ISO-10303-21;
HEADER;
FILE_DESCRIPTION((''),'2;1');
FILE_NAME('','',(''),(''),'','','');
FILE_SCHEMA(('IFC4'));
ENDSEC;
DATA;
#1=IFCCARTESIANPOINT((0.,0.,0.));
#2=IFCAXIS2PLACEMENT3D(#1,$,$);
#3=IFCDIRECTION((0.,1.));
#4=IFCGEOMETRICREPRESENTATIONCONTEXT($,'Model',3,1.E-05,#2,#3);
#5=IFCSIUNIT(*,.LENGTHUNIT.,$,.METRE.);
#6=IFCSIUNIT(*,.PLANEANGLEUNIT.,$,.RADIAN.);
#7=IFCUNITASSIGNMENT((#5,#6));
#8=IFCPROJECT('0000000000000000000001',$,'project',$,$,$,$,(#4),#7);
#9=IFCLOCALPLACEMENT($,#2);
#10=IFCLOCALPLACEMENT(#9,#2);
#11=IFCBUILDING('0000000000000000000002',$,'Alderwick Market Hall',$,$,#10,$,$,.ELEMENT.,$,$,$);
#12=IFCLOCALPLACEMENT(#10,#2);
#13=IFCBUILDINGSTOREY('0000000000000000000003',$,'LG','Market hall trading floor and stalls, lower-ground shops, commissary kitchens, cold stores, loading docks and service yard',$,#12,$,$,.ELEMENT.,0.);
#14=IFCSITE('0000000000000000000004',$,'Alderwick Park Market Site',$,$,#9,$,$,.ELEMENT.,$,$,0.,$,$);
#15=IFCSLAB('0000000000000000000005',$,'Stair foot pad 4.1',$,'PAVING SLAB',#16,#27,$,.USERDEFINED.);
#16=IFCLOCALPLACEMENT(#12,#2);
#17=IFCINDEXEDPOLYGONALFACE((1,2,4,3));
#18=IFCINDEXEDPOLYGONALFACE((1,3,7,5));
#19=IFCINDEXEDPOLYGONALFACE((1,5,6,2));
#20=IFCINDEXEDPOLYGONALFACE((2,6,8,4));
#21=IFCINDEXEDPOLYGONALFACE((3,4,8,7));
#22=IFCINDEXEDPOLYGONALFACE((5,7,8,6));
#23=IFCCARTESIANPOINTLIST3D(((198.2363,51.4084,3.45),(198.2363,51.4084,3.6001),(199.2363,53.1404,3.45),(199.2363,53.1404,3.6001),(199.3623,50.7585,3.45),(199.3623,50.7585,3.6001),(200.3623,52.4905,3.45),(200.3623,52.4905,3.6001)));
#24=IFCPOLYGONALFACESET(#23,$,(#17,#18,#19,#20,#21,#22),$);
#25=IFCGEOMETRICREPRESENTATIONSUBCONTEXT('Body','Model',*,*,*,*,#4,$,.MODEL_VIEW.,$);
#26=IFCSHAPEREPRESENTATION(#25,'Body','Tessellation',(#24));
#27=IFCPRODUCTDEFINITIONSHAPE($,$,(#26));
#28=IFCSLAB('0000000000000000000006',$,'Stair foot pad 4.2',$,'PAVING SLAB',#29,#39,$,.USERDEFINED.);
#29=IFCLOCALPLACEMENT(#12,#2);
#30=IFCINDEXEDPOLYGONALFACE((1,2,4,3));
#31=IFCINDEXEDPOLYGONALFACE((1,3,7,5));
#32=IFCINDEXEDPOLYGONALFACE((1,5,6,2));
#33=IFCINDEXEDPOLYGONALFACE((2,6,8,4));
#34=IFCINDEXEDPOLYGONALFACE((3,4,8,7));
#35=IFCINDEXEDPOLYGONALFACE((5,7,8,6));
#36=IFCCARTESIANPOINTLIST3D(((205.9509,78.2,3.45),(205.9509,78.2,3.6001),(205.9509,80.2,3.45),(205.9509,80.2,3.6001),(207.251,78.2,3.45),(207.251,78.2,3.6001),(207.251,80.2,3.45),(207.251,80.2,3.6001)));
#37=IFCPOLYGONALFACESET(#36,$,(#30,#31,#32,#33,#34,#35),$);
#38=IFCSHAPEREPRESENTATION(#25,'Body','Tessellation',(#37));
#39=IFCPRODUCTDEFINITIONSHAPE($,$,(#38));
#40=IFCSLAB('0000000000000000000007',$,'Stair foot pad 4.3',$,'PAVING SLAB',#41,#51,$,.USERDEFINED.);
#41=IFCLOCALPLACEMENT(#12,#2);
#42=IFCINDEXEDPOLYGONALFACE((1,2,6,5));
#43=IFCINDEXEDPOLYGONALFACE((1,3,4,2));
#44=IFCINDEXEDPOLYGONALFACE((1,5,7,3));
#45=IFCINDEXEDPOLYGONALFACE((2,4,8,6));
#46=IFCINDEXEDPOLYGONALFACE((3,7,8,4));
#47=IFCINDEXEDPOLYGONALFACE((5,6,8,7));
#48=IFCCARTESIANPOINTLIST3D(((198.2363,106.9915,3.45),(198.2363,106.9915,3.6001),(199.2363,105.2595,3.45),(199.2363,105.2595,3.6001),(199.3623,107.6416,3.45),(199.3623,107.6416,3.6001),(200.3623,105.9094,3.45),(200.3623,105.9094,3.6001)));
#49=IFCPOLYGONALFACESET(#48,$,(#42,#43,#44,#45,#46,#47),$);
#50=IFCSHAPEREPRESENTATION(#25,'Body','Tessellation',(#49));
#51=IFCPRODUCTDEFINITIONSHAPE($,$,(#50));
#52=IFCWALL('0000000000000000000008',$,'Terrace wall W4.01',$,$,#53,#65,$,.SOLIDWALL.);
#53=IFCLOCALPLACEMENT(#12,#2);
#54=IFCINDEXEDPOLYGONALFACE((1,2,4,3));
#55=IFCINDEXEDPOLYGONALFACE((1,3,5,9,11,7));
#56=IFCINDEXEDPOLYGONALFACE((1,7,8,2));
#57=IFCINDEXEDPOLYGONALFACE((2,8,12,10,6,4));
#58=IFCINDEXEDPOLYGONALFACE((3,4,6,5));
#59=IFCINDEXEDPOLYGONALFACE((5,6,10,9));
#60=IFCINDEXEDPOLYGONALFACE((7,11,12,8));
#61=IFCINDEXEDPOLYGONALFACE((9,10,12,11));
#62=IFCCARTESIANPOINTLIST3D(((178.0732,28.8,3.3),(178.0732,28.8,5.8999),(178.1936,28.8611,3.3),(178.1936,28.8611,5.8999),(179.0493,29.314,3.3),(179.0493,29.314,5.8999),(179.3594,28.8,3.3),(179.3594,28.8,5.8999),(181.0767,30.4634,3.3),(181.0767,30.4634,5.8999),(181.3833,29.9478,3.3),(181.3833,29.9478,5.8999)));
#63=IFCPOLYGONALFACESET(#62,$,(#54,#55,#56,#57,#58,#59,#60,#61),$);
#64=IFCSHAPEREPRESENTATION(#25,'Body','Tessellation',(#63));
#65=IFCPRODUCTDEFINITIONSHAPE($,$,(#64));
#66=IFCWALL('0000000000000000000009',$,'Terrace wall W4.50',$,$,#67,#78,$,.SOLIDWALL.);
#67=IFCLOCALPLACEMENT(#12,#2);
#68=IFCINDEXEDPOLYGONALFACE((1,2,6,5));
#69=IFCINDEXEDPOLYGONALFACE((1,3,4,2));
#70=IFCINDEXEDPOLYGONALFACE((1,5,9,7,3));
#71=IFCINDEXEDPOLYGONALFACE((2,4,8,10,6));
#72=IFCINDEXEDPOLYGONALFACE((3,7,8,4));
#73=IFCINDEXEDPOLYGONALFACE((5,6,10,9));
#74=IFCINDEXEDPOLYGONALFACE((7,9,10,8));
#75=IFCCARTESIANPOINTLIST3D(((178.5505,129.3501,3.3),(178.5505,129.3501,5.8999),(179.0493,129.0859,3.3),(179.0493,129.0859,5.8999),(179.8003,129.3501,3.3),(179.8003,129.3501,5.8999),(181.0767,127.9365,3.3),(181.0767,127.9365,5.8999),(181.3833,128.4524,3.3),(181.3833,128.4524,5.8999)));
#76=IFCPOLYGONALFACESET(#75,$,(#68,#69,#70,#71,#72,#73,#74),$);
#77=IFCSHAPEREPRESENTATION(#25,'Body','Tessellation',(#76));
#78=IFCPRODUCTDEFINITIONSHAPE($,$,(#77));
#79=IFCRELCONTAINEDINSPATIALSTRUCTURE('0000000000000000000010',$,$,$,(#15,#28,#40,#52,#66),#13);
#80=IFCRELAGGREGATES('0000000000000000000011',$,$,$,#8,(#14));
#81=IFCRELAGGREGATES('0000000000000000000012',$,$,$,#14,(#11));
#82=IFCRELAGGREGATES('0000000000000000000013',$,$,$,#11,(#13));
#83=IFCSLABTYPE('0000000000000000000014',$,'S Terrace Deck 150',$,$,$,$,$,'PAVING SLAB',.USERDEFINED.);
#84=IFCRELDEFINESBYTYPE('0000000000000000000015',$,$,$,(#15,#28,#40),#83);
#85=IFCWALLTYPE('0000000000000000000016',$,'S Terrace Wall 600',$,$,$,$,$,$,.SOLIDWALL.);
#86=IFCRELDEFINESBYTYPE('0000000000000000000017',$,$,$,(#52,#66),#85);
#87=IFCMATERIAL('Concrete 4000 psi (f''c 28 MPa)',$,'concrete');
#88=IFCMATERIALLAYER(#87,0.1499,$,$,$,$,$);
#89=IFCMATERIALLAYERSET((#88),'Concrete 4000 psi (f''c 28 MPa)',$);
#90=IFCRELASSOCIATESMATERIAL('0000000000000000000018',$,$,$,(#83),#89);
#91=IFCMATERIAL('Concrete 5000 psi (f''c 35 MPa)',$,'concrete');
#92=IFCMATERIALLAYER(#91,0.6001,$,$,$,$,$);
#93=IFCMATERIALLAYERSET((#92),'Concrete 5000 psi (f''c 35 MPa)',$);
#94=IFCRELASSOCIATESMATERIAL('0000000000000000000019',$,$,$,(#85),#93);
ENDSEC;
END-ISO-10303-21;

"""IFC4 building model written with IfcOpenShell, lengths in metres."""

from ifc_helpers import new_model, si_unit, direction, frame, origin, place, context, subcontext, project, spatial, polyline, outline, extrude, material, layer, layer_set, type_object, element, save


model = new_model("IFC4")

# Units and contexts
model_context = context("Model", 3, precision=1e-05, world=origin(), true_north=direction((0.0, 1.0)))
body_context = subcontext(model_context, "Body", "Model", "MODEL_VIEW")
ifc_project = project(units=[si_unit("LENGTHUNIT", "METRE"), si_unit("PLANEANGLEUNIT", "RADIAN")], contexts=[model_context])

# Site, building, storey
site_placement = place(None, origin())
site = spatial("IfcSite", under=ifc_project, at=site_placement, Name="Alderwick Park Market Site", CompositionType="ELEMENT", RefElevation=0.0)
building_placement = place(site_placement, origin())
building = spatial("IfcBuilding", under=site, at=building_placement, Name="Alderwick Market Hall", CompositionType="ELEMENT")
storey_placement = place(building_placement, origin())
storey = spatial("IfcBuildingStorey", under=building, at=storey_placement, Name="LG", Description="Market hall trading floor and stalls, lower-ground shops, commissary kitchens, cold stores, loading docks and service yard", CompositionType="ELEMENT", Elevation=0.0)

# Shared definitions
ifc_material_1 = material(Name="Concrete 4000 psi (f'c 28 MPa)", Category="concrete")

# Slabs
ifc_layer_1 = layer(ifc_material_1, 0.1499)
ifc_layer_set_1 = layer_set([ifc_layer_1], Name="Concrete 4000 psi (f'c 28 MPa)")
slab_type_1 = type_object("IfcSlabType", Name="S Terrace Deck 150", ElementType="PAVING SLAB", PredefinedType="USERDEFINED", material=ifc_layer_set_1)
slab_1_placement = place(storey_placement, frame((0.0, 0.0, 3.45)))
element("IfcSlab", 1, at=slab_1_placement, inside=storey, type_object=slab_type_1, Name="Stair foot pad 4.1", ObjectType="PAVING SLAB", PredefinedType="USERDEFINED", context=body_context, shape_type="SweptSolid", body=[
    extrude(outline(polyline([(199.2363, 53.1404), (198.2363, 51.4084), (199.3623, 50.7585), (200.3623, 52.4905), (199.2363, 53.1404)])), origin(), (0.0, 0.0, 1.0), 0.1501),
])
slab_2_placement = place(storey_placement, frame((0.0, 0.0, 3.45)))
element("IfcSlab", 2, at=slab_2_placement, inside=storey, type_object=slab_type_1, Name="Stair foot pad 4.2", ObjectType="PAVING SLAB", PredefinedType="USERDEFINED", context=body_context, shape_type="SweptSolid", body=[
    extrude(outline(polyline([(205.9509, 80.2), (205.9509, 78.2), (207.251, 78.2), (207.251, 80.2), (205.9509, 80.2)])), origin(), (0.0, 0.0, 1.0), 0.1501),
])
slab_3_placement = place(storey_placement, frame((0.0, 0.0, 3.45)))
element("IfcSlab", 3, at=slab_3_placement, inside=storey, type_object=slab_type_1, Name="Stair foot pad 4.3", ObjectType="PAVING SLAB", PredefinedType="USERDEFINED", context=body_context, shape_type="SweptSolid", body=[
    extrude(outline(polyline([(198.2363, 106.9915), (199.2363, 105.2595), (200.3623, 105.9094), (199.3623, 107.6416), (198.2363, 106.9915)])), origin(), (0.0, 0.0, 1.0), 0.1501),
])

# Walls
ifc_material_2 = material(Name="Concrete 5000 psi (f'c 35 MPa)", Category="concrete")
ifc_layer_2 = layer(ifc_material_2, 0.6001)
ifc_layer_set_2 = layer_set([ifc_layer_2], Name="Concrete 5000 psi (f'c 35 MPa)")
wall_type = type_object("IfcWallType", Name="S Terrace Wall 600", PredefinedType="SOLIDWALL", material=ifc_layer_set_2)
wall_1_placement = place(storey_placement, frame((0.0, 0.0, 3.3)))
element("IfcWall", 4, at=wall_1_placement, inside=storey, type_object=wall_type, Name="Terrace wall W4.01", PredefinedType="SOLIDWALL", context=body_context, shape_type="SweptSolid", body=[
    extrude(outline(polyline([(178.0732, 28.8), (179.3594, 28.8), (181.3833, 29.9478), (181.0767, 30.4634), (179.0493, 29.314), (178.1936, 28.8611), (178.0732, 28.8)])), origin(), (0.0, 0.0, 1.0), 2.5999),
])
wall_2_placement = place(storey_placement, frame((0.0, 0.0, 3.3)))
element("IfcWall", 5, at=wall_2_placement, inside=storey, type_object=wall_type, Name="Terrace wall W4.50", PredefinedType="SOLIDWALL", context=body_context, shape_type="SweptSolid", body=[
    extrude(outline(polyline([(181.3833, 128.4524), (179.8003, 129.3501), (178.5505, 129.3501), (179.0493, 129.0859), (181.0767, 127.9365), (181.3833, 128.4524)])), origin(), (0.0, 0.0, 1.0), 2.5999),
])

save(model, "model.ifc")
